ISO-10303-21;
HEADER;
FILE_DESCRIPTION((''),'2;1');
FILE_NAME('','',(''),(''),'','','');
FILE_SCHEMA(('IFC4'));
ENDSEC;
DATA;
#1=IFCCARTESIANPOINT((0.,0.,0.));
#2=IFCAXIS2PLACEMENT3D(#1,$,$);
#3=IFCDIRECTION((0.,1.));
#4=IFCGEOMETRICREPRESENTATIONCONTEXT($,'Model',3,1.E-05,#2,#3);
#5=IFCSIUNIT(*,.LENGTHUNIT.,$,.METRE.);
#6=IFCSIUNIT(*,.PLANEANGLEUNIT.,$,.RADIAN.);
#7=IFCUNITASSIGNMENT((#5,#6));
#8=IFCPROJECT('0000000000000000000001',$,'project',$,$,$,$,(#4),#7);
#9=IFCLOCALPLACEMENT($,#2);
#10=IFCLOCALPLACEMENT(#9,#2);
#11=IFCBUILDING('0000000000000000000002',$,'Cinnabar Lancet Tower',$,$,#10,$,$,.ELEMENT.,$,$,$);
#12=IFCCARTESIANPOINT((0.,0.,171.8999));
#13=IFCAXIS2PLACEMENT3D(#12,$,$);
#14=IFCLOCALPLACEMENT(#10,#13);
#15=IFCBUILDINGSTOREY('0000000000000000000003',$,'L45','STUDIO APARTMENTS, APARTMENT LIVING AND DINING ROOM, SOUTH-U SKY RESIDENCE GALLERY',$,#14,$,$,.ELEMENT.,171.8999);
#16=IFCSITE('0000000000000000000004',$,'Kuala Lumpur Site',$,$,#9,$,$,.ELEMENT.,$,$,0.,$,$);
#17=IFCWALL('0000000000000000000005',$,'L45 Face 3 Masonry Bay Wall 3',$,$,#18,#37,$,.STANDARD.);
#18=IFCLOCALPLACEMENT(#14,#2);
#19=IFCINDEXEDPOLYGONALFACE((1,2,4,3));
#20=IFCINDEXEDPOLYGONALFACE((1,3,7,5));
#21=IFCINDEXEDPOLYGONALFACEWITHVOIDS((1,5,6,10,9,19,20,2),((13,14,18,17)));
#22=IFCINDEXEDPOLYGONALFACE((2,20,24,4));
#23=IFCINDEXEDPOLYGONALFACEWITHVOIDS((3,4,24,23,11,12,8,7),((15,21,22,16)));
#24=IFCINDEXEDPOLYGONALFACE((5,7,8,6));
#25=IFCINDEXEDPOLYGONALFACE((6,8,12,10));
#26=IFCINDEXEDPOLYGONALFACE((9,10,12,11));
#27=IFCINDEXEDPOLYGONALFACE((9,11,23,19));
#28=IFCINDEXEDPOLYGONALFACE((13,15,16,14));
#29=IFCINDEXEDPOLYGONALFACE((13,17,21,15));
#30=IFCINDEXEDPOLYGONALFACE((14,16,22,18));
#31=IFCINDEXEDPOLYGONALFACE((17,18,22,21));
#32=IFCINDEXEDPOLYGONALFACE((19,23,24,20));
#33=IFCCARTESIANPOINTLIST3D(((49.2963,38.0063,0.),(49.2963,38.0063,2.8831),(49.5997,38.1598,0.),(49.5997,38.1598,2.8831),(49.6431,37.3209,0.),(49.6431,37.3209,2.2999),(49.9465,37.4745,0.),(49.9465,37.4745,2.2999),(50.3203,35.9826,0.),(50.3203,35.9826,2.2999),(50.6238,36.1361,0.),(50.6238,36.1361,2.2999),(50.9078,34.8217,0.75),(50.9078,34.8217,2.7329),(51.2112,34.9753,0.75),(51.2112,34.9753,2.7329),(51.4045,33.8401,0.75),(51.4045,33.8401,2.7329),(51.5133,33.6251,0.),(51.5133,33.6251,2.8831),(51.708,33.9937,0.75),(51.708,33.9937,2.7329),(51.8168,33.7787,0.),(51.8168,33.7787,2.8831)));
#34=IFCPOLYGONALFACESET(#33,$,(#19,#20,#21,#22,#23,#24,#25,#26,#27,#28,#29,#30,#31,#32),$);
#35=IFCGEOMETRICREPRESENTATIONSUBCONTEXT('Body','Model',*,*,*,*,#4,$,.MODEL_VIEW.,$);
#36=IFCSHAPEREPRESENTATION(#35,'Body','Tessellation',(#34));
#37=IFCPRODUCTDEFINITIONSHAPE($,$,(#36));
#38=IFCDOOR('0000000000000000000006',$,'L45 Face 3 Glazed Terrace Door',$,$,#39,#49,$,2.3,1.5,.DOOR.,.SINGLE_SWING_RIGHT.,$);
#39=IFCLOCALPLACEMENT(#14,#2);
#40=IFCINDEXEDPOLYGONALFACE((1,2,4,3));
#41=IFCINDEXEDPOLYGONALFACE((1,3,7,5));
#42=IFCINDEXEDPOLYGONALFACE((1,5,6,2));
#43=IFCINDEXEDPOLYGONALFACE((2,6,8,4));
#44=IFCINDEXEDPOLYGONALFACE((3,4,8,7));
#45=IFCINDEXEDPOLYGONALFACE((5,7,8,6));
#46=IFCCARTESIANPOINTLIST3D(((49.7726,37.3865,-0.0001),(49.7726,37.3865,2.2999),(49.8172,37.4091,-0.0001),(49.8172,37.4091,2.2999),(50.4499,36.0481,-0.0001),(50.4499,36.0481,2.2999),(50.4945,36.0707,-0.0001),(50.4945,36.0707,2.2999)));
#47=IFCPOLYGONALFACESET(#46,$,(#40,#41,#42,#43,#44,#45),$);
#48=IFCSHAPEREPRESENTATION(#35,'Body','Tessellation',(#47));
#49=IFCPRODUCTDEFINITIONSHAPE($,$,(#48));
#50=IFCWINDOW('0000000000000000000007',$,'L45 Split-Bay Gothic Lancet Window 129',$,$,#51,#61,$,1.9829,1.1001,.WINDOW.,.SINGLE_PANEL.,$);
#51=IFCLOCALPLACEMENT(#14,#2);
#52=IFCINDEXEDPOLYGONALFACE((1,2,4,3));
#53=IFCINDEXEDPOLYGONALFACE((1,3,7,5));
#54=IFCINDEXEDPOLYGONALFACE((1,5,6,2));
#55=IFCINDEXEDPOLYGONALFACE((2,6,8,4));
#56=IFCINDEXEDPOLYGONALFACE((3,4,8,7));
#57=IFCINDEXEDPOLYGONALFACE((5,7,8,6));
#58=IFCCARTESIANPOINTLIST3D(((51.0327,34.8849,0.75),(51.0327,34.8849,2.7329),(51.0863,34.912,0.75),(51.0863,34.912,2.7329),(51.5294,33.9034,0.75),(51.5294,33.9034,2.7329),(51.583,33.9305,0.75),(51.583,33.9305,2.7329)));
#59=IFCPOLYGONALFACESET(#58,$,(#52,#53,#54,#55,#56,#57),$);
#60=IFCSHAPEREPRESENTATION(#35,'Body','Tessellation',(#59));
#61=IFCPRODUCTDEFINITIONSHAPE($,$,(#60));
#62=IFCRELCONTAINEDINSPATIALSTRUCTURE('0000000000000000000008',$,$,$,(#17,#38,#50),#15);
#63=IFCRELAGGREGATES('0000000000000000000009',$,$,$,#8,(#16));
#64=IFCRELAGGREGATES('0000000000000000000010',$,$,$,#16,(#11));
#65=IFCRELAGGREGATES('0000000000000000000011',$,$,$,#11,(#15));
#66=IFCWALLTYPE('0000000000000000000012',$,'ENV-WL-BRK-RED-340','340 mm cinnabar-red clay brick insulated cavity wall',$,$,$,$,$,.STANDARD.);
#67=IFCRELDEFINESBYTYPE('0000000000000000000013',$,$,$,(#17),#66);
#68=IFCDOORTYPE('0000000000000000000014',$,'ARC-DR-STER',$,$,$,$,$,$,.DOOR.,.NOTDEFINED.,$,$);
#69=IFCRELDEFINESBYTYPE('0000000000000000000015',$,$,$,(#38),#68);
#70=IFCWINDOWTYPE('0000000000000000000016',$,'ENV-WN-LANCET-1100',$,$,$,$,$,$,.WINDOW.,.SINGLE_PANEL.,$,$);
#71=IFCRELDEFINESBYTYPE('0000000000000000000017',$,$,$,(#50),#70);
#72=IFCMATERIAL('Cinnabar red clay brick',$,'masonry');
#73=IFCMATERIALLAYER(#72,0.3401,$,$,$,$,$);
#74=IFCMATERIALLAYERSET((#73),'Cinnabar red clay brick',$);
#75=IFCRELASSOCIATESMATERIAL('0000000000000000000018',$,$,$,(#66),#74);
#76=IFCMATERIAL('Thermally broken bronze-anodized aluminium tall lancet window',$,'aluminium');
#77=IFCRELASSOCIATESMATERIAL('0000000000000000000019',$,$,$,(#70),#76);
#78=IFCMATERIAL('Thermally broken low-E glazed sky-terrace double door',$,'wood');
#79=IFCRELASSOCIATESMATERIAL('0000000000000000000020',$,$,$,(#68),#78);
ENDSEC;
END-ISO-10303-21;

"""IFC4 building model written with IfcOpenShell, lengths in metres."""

from ifc_helpers import new_model, si_unit, direction, frame, frame_2d, origin, place, context, subcontext, project, spatial, rectangle, extrude, material, layer, layer_set, type_object, element, fill, save


model = new_model("IFC4")

# Units and contexts
model_context = context("Model", 3, precision=1e-05, world=origin(), true_north=direction((0.0, 1.0)))
body_context = subcontext(model_context, "Body", "Model", "MODEL_VIEW")
ifc_project = project(units=[si_unit("LENGTHUNIT", "METRE"), si_unit("PLANEANGLEUNIT", "RADIAN")], contexts=[model_context])

# Site, building, storey
site_placement = place(None, origin())
site = spatial("IfcSite", under=ifc_project, at=site_placement, Name="Kuala Lumpur Site", CompositionType="ELEMENT", RefElevation=0.0)
building_placement = place(site_placement, origin())
building = spatial("IfcBuilding", under=site, at=building_placement, Name="Cinnabar Lancet Tower", CompositionType="ELEMENT")
storey_placement = place(building_placement, frame((0.0, 0.0, 171.8999)))
storey = spatial("IfcBuildingStorey", under=building, at=storey_placement, Name="L45", Description="STUDIO APARTMENTS, APARTMENT LIVING AND DINING ROOM, SOUTH-U SKY RESIDENCE GALLERY", CompositionType="ELEMENT", Elevation=171.8999)

# Shared definitions
ifc_material_1 = material(Name="Cinnabar red clay brick", Category="masonry")
ifc_layer_1 = layer(ifc_material_1, 0.3401)
ifc_layer_set_1 = layer_set([ifc_layer_1], Name="Cinnabar red clay brick")
wall_type_1 = type_object("IfcWallType", Name="ENV-WL-BRK-RED-340", Description="340 mm cinnabar-red clay brick insulated cavity wall", PredefinedType="STANDARD", material=ifc_layer_set_1)

# Shared definitions
ifc_material_2 = material(Name="Thermally broken bronze-anodized aluminium tall lancet window", Category="aluminium")
window_type = type_object("IfcWindowType", Name="ENV-WN-LANCET-1100", PartitioningType="SINGLE_PANEL", PredefinedType="WINDOW", material=ifc_material_2)

# Wall, openings, door, window
wall_1_placement = place(storey_placement, frame((51.665, 33.7019, 0.0), z_axis=(0.0, 0.0, 1.0), x_axis=(-0.451524, 0.892259, 0.0)))
wall_1 = element("IfcWall", 1, at=wall_1_placement, inside=storey, type_object=wall_type_1, Name="L45 Face 3 Masonry Bay Wall 3", PredefinedType="STANDARD", context=body_context, shape_type="SweptSolid", body=[
    extrude(rectangle(XDim=4.9102, YDim=0.3401, at=frame_2d((2.4551, 0.0))), origin(), (0.0, 0.0, 1.0), 2.8831),
])
opening_1_placement = place(wall_1_placement, frame((2.6421, 0.0, 0.0)))
opening_1 = element("IfcOpeningElement", 2, at=opening_1_placement, cuts=wall_1, PredefinedType="OPENING", context=body_context, shape_type="SweptSolid", body=[
    extrude(rectangle(XDim=1.5, YDim=2.3, at=frame_2d((0.75, 1.1499))), frame((0.0, 0.1799, 0.0), z_axis=(0.0, -1.0, 0.0), x_axis=(1.0, 0.0, 0.0)), (0.0, 0.0, 1.0), 0.3601),
])
opening_2_placement = place(wall_1_placement, frame((0.241, 0.0, 0.75)))
opening_2 = element("IfcOpeningElement", 3, at=opening_2_placement, cuts=wall_1, PredefinedType="OPENING", context=body_context, shape_type="SweptSolid", body=[
    extrude(rectangle(XDim=1.1001, YDim=1.9829, at=frame_2d((0.55, 0.9915))), frame((0.0, 0.1799, 0.0), z_axis=(0.0, -1.0, 0.0), x_axis=(1.0, 0.0, 0.0)), (0.0, 0.0, 1.0), 0.3601),
])
ifc_material_3 = material(Name="Thermally broken low-E glazed sky-terrace double door", Category="wood")
door_type_1 = type_object("IfcDoorType", Name="ARC-DR-STER", OperationType="NOTDEFINED", PredefinedType="DOOR", material=ifc_material_3)
door_1_placement = place(opening_1_placement, origin())
door_1 = element("IfcDoor", 4, at=door_1_placement, inside=storey, type_object=door_type_1, Name="L45 Face 3 Glazed Terrace Door", OperationType="SINGLE_SWING_RIGHT", OverallHeight=2.3, OverallWidth=1.5, PredefinedType="DOOR", context=body_context, shape_type="SweptSolid", body=[
    extrude(rectangle(XDim=1.5, YDim=2.3, at=frame_2d((0.75, 1.1499))), frame((0.0, 0.0249, 0.0), z_axis=(0.0, -1.0, 0.0), x_axis=(1.0, 0.0, 0.0)), (0.0, 0.0, 1.0), 0.05),
])
fill(opening_1, door_1)
window_1_placement = place(opening_2_placement, origin())
window_1 = element("IfcWindow", 5, at=window_1_placement, inside=storey, type_object=window_type, Name="L45 Split-Bay Gothic Lancet Window 129", OverallHeight=1.9829, OverallWidth=1.1001, PartitioningType="SINGLE_PANEL", PredefinedType="WINDOW", context=body_context, shape_type="SweptSolid", body=[
    extrude(rectangle(XDim=1.1001, YDim=1.9829, at=frame_2d((0.55, 0.9915))), frame((0.0, 0.03, 0.0), z_axis=(0.0, -1.0, 0.0), x_axis=(1.0, 0.0, 0.0)), (0.0, 0.0, 1.0), 0.0601),
])
fill(opening_2, window_1)

save(model, "model.ifc")
